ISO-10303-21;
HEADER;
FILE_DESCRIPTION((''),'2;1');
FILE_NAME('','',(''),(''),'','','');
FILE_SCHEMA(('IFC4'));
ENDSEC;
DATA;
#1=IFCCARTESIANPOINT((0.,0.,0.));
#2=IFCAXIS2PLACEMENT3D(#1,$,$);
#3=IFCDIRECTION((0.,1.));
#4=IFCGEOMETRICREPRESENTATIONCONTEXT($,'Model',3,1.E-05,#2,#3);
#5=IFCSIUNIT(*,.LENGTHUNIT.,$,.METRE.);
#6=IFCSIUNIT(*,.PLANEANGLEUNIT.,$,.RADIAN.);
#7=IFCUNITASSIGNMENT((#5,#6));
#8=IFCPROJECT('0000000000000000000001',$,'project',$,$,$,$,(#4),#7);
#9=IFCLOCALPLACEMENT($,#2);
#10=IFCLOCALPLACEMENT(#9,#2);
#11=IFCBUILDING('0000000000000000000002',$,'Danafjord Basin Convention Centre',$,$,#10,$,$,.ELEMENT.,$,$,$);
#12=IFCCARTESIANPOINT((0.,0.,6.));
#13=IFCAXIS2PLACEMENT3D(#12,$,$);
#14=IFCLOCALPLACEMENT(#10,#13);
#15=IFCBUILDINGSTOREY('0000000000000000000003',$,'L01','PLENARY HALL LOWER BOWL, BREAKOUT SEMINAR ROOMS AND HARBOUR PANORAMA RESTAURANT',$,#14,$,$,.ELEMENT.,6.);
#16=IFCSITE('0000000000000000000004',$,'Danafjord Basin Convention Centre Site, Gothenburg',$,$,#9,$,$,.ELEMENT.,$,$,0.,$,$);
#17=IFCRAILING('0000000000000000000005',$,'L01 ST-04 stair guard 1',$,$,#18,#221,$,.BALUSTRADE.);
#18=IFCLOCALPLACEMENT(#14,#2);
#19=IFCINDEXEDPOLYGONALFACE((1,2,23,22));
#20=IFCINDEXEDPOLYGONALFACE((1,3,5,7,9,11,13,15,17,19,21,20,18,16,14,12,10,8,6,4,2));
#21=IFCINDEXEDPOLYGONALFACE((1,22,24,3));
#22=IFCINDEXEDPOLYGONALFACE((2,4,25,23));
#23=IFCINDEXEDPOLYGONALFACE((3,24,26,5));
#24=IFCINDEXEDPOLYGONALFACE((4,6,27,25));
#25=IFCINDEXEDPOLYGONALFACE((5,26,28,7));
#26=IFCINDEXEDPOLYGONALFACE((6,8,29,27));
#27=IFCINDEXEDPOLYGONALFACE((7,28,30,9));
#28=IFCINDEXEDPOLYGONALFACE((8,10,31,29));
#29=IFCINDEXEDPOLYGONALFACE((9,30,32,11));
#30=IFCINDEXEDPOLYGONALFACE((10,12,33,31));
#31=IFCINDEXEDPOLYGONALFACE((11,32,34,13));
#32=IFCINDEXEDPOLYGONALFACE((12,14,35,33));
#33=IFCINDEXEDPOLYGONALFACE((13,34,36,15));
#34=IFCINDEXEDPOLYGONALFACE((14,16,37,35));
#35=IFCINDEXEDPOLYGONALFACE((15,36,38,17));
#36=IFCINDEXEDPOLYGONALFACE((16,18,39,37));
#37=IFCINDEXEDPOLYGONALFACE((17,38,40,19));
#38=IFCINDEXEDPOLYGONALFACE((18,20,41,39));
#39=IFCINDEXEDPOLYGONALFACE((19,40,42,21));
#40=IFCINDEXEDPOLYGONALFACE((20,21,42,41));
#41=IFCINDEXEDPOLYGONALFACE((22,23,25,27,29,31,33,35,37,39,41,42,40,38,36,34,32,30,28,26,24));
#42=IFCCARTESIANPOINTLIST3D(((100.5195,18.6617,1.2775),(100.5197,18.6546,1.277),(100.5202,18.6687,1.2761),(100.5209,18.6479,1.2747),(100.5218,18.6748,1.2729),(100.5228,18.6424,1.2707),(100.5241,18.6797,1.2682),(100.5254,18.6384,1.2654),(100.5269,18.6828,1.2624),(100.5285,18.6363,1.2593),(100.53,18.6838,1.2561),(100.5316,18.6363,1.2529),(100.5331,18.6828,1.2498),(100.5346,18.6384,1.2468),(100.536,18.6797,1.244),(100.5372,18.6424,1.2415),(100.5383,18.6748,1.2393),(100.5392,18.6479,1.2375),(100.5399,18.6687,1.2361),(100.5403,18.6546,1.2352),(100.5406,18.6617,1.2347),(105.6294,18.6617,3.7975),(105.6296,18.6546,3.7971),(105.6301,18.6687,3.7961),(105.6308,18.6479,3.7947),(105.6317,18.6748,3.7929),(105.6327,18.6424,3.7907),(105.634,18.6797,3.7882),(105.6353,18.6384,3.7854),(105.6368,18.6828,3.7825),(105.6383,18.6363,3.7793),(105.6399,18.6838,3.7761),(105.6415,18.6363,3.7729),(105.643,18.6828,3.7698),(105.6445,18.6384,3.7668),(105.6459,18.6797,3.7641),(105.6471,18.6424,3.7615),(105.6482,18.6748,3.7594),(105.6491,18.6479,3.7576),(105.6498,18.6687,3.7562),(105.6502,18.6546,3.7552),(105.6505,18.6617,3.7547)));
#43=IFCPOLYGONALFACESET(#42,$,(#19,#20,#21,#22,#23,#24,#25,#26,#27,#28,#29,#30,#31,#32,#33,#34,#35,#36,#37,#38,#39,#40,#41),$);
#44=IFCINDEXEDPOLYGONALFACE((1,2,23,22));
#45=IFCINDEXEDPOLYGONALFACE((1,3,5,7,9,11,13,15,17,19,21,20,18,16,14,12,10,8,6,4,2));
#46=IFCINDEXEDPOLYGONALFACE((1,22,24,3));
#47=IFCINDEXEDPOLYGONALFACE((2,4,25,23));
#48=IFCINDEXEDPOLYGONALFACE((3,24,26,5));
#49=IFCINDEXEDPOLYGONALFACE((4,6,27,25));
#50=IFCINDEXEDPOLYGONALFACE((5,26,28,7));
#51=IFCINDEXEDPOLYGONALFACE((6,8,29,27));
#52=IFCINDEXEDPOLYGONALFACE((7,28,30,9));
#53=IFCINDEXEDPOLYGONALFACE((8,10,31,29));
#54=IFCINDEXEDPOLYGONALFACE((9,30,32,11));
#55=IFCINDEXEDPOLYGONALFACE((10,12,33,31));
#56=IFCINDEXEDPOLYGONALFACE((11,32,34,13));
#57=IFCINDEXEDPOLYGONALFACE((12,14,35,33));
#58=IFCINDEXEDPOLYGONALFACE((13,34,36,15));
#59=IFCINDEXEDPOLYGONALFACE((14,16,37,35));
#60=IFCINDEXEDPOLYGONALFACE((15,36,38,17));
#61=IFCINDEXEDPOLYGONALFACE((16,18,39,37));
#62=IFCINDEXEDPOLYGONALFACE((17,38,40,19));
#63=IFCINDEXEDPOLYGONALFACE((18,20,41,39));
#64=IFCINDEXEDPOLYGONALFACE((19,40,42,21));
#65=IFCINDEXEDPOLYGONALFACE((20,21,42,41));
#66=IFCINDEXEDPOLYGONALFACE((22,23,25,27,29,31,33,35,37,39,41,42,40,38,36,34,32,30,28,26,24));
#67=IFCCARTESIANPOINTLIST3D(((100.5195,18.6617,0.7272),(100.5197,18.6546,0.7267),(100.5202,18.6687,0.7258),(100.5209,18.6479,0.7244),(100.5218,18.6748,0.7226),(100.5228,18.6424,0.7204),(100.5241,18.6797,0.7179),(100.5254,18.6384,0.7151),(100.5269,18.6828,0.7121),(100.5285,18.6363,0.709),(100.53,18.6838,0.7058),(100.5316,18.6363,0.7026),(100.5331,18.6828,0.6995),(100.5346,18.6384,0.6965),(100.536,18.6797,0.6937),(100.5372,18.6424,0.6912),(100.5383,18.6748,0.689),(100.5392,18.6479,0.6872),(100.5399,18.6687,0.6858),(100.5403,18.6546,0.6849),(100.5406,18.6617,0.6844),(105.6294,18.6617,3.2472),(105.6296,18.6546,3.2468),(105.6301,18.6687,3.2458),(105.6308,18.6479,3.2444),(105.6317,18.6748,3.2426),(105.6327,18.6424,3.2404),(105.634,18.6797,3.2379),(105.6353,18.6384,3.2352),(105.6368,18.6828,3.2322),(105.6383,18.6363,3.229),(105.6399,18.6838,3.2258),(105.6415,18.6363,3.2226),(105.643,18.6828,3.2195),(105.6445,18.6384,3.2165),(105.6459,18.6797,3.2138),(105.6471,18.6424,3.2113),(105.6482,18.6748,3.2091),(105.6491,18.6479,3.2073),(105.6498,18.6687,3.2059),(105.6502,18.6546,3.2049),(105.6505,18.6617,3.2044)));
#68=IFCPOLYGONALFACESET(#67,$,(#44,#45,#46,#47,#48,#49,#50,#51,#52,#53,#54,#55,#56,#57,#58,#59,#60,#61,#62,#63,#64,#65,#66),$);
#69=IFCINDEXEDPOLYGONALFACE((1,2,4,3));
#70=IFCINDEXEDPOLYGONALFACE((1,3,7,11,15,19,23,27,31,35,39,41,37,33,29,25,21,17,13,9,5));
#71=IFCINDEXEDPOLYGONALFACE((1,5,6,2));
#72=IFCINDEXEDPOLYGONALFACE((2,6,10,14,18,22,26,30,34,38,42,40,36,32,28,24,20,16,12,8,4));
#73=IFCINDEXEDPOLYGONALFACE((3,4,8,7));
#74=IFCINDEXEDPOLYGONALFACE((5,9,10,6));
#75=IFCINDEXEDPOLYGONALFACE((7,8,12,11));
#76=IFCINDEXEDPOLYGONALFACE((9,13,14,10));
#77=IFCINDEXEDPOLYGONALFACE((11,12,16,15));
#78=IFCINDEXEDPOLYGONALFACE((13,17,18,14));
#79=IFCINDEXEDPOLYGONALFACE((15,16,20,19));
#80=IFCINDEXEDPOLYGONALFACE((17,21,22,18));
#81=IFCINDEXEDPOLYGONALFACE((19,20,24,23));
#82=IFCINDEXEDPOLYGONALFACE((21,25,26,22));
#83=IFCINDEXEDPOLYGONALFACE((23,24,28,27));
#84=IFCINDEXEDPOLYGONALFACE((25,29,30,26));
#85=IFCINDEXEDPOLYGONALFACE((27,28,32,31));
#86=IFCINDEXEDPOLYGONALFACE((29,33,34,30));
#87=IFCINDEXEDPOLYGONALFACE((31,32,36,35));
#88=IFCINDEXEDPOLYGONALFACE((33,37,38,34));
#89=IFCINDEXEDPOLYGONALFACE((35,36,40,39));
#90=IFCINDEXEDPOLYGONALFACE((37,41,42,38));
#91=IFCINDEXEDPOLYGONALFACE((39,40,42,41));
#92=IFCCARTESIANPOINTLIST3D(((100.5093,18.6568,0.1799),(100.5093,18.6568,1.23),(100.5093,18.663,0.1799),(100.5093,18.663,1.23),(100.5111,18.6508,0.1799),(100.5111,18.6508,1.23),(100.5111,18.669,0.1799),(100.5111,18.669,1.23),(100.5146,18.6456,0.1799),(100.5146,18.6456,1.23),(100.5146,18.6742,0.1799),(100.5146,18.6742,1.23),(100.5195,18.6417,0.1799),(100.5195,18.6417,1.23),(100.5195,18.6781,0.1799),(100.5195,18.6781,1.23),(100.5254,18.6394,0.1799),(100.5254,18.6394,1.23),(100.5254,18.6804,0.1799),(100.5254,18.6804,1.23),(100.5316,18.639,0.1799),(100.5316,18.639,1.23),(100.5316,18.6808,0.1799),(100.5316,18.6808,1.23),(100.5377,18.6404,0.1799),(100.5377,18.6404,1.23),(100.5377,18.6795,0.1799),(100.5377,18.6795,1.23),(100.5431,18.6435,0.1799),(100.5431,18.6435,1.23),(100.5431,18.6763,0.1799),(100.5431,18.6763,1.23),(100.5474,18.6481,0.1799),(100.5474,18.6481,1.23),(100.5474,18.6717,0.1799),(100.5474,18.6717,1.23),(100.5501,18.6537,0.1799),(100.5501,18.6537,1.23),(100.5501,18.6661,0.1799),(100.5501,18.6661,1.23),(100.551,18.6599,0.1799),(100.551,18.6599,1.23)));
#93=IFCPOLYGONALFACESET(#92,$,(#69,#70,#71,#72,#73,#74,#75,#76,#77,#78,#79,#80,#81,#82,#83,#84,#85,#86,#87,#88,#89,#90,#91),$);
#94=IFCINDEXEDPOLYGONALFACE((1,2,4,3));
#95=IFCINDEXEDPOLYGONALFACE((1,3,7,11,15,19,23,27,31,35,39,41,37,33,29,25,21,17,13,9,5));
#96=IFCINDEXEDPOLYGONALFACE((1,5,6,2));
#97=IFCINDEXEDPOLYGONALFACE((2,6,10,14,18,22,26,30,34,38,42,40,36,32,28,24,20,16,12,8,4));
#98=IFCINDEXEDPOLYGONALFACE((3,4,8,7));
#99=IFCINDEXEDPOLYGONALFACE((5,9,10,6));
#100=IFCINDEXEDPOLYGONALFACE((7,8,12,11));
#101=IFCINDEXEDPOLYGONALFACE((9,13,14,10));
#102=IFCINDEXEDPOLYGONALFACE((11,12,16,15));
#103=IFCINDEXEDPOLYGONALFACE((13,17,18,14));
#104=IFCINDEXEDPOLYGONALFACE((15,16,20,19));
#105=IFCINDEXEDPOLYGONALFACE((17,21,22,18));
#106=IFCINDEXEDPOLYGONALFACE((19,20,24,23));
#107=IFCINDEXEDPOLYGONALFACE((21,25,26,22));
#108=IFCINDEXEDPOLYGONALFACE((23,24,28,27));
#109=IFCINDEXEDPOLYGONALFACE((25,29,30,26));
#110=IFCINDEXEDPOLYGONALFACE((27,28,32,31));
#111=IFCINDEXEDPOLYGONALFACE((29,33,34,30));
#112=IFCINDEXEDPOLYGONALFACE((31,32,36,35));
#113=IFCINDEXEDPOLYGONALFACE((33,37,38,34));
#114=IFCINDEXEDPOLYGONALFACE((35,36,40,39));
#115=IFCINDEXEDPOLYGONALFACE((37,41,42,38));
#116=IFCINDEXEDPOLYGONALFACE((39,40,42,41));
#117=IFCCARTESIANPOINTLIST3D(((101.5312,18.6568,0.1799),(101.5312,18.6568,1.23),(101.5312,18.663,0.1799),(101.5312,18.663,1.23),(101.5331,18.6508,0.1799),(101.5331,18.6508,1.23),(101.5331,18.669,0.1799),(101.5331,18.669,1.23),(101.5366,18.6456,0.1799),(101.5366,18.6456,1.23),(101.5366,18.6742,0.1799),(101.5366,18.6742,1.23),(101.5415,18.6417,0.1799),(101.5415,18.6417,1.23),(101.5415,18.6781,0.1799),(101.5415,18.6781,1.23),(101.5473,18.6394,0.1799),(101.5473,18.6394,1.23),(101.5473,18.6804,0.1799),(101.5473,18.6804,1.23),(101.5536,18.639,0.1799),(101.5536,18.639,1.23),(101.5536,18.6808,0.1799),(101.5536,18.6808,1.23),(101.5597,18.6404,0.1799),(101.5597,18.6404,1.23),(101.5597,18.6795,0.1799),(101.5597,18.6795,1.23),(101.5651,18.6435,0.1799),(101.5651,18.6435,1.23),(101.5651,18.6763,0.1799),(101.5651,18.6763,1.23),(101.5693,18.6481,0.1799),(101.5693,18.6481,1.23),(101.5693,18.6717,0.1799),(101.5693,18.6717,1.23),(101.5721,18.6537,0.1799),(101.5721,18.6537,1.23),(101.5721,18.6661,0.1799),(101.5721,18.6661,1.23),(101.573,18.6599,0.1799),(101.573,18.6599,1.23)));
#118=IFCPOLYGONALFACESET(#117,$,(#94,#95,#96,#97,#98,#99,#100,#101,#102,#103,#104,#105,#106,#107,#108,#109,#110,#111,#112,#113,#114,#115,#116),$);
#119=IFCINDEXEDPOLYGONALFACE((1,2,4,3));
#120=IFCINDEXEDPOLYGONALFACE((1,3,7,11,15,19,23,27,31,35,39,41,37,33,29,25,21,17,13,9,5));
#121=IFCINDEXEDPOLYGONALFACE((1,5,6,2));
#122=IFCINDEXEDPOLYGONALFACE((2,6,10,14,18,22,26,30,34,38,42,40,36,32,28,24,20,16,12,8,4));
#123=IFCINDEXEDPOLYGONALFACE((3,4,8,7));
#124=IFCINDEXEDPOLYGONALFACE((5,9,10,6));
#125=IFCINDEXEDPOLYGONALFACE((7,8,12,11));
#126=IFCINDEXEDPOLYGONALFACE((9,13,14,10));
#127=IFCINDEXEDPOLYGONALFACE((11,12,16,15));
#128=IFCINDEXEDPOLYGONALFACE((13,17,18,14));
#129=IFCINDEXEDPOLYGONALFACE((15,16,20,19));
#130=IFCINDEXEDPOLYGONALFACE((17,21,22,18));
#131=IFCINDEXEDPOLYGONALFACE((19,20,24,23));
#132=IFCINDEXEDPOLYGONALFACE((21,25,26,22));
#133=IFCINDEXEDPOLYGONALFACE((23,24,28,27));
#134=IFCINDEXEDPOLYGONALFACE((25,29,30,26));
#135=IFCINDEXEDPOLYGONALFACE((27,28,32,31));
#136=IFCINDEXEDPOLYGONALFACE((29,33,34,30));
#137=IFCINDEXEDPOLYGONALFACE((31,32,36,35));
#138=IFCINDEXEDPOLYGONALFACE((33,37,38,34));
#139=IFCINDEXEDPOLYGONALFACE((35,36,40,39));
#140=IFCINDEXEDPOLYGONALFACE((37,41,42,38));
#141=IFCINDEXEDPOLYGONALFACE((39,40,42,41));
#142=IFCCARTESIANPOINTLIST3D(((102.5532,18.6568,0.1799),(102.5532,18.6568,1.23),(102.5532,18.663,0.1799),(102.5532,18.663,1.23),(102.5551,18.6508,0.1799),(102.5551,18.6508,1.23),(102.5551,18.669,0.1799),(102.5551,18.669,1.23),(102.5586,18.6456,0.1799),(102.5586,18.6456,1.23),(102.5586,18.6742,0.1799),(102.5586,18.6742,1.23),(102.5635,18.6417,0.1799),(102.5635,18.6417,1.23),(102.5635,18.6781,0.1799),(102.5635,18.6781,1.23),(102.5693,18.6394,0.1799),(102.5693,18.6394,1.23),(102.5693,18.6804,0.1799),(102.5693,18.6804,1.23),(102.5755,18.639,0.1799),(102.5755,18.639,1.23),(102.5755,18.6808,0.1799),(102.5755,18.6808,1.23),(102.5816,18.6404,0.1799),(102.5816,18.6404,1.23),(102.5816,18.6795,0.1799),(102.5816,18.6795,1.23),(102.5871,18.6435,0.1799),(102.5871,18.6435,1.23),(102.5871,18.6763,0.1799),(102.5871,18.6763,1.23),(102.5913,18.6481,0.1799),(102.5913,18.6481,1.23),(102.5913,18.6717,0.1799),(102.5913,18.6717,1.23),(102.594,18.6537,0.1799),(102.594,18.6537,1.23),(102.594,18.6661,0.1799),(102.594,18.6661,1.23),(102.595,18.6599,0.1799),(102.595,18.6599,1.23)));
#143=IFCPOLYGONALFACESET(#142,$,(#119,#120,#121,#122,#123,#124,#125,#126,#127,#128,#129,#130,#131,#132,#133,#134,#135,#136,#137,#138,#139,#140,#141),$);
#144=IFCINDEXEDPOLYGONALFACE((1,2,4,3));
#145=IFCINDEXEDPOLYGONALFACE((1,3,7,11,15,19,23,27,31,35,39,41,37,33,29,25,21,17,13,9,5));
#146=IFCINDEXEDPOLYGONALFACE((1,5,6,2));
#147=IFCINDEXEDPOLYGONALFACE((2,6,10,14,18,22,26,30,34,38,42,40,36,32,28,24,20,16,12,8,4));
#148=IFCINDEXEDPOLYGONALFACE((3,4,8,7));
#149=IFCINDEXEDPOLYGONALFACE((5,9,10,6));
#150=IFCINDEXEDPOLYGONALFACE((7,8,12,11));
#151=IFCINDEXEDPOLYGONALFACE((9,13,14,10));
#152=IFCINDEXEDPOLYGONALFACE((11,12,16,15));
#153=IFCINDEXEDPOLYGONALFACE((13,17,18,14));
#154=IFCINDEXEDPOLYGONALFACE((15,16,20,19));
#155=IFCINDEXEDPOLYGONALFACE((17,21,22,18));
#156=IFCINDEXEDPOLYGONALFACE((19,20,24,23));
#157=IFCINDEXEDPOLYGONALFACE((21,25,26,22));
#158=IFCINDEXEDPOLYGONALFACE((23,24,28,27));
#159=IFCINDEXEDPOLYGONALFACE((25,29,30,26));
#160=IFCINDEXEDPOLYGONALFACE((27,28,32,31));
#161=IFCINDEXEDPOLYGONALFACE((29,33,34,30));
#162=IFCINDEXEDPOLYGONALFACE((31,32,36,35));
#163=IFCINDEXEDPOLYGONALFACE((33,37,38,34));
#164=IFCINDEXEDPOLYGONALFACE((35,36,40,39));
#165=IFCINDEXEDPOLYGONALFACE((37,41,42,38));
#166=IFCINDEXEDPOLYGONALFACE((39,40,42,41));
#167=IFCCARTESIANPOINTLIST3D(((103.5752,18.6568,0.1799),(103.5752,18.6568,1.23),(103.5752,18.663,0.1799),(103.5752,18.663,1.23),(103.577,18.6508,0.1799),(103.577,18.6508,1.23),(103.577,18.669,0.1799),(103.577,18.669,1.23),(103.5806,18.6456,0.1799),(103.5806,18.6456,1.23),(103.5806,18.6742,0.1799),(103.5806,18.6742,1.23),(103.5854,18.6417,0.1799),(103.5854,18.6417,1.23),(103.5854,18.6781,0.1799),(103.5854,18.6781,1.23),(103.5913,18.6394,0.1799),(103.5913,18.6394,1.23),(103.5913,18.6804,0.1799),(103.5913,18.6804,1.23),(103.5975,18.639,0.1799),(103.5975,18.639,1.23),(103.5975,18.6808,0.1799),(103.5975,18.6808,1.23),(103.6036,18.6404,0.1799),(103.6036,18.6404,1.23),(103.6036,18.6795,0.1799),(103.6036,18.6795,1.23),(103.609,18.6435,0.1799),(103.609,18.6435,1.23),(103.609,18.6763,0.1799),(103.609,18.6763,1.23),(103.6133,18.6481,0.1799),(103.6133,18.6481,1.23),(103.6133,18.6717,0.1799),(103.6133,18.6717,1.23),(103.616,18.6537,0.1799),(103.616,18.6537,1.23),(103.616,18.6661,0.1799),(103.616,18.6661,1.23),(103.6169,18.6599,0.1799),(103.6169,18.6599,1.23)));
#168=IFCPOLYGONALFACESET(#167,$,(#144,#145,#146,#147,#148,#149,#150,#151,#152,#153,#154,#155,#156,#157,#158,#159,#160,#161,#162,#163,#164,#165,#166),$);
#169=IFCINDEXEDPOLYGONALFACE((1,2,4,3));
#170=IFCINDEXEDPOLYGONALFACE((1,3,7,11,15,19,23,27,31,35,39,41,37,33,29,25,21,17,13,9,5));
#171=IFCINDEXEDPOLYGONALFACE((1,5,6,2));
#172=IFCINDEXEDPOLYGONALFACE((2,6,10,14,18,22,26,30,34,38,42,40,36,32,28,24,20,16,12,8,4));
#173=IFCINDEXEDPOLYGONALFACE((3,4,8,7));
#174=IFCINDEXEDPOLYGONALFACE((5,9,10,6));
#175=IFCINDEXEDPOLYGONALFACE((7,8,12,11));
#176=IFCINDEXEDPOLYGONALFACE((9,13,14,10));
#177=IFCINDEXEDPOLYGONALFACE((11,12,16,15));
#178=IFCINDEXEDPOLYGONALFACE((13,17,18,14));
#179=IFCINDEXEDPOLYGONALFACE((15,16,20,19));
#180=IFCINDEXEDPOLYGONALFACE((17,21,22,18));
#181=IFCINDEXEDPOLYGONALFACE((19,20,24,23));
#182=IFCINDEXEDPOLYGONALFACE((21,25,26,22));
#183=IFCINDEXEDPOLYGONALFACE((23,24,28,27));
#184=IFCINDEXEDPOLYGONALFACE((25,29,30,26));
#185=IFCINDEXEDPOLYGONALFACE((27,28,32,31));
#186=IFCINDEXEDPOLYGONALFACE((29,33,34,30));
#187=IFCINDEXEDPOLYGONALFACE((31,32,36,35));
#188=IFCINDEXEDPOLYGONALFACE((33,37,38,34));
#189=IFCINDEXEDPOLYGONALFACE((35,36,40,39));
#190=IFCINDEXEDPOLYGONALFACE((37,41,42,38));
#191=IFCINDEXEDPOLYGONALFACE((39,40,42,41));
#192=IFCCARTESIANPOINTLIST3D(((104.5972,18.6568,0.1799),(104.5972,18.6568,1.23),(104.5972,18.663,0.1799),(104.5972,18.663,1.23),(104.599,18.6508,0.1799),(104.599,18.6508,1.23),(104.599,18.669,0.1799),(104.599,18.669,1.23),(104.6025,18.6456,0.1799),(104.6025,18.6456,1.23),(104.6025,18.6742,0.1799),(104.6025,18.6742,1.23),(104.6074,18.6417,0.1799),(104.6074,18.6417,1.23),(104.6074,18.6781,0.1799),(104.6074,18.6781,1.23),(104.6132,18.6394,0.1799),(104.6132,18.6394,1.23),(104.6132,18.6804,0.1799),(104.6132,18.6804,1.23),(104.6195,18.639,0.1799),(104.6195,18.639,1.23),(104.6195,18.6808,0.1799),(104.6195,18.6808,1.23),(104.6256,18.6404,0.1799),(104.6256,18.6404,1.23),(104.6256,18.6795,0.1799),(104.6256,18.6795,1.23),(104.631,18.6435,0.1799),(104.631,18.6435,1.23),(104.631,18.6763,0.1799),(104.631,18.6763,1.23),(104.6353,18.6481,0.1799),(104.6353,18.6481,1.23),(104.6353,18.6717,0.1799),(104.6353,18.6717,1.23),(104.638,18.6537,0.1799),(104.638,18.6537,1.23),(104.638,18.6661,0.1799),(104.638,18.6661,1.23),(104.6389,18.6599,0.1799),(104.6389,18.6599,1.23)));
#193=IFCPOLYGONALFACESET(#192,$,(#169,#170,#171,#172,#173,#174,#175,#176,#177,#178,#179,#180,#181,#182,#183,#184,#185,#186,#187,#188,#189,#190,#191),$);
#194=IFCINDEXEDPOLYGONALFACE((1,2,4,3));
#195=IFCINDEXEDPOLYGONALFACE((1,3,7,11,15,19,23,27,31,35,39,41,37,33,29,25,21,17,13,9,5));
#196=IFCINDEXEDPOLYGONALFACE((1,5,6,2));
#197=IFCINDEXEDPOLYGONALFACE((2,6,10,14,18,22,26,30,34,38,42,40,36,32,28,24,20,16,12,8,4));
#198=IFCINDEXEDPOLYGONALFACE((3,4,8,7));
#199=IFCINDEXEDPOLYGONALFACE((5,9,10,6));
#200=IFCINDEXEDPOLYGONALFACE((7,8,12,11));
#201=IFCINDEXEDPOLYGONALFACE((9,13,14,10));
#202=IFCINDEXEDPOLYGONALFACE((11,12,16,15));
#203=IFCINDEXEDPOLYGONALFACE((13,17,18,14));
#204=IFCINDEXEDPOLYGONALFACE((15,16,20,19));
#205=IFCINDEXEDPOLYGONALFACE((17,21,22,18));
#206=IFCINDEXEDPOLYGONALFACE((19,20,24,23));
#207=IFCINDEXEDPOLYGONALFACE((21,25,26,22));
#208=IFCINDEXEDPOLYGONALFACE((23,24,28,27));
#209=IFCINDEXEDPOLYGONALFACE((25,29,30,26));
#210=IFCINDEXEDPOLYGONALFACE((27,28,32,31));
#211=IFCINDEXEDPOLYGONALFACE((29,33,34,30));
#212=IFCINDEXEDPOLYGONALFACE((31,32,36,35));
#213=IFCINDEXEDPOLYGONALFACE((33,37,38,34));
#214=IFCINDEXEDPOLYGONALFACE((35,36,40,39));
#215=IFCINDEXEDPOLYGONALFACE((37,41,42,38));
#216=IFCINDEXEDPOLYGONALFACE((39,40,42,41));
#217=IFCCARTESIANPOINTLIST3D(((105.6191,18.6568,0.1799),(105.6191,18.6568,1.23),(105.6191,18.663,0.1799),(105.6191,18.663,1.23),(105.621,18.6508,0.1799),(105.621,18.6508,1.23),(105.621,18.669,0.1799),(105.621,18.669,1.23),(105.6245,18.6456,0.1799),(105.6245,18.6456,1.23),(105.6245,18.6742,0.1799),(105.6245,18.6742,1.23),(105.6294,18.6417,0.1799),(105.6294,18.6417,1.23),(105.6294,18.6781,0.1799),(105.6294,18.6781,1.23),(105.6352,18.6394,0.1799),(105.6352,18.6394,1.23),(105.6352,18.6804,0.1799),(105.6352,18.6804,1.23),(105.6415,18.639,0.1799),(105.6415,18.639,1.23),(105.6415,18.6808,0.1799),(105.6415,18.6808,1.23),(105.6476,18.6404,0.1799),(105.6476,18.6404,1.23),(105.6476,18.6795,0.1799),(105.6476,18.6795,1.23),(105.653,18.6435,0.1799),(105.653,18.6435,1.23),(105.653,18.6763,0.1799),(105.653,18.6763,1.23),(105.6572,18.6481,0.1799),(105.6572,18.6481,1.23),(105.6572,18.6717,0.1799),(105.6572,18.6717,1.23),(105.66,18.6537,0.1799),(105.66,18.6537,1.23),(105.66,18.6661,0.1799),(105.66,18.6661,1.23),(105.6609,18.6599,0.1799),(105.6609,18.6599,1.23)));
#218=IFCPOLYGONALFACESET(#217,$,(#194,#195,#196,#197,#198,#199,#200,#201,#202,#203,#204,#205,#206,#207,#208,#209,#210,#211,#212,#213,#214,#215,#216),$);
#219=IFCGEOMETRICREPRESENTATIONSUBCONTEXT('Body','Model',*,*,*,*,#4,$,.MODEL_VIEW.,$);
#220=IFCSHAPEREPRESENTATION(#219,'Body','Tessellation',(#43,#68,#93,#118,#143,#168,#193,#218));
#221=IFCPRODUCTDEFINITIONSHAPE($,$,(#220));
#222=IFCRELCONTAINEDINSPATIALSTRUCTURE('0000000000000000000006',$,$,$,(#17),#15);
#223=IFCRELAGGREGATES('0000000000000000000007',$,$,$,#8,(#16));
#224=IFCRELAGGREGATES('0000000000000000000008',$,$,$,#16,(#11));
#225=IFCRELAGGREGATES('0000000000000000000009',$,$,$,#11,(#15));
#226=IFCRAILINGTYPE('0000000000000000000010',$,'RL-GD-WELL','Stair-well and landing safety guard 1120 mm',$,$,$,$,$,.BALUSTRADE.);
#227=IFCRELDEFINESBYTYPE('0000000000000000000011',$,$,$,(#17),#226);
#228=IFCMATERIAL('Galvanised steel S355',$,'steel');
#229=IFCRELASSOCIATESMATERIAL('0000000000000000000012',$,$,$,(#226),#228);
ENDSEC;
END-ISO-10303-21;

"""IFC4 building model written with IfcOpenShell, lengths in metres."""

from ifc_helpers import new_model, si_unit, direction, frame, origin, origin_2d, place, context, subcontext, project, spatial, circle, extrude, material, type_object, element, save


model = new_model("IFC4")

# Units and contexts
model_context = context("Model", 3, precision=1e-05, world=origin(), true_north=direction((0.0, 1.0)))
body_context = subcontext(model_context, "Body", "Model", "MODEL_VIEW")
ifc_project = project(units=[si_unit("LENGTHUNIT", "METRE"), si_unit("PLANEANGLEUNIT", "RADIAN")], contexts=[model_context])

# Site, building, storey
site_placement = place(None, origin())
site = spatial("IfcSite", under=ifc_project, at=site_placement, Name="Danafjord Basin Convention Centre Site, Gothenburg", CompositionType="ELEMENT", RefElevation=0.0)
building_placement = place(site_placement, origin())
building = spatial("IfcBuilding", under=site, at=building_placement, Name="Danafjord Basin Convention Centre", CompositionType="ELEMENT")
storey_placement = place(building_placement, frame((0.0, 0.0, 6.0)))
storey = spatial("IfcBuildingStorey", under=building, at=storey_placement, Name="L01", Description="PLENARY HALL LOWER BOWL, BREAKOUT SEMINAR ROOMS AND HARBOUR PANORAMA RESTAURANT", CompositionType="ELEMENT", Elevation=6.0)

# Railing
ifc_material_1 = material(Name="Galvanised steel S355", Category="steel")
railing_type_1 = type_object("IfcRailingType", Name="RL-GD-WELL", Description="Stair-well and landing safety guard 1120 mm", PredefinedType="BALUSTRADE", material=ifc_material_1)
railing_1_placement = place(storey_placement, frame((100.53, 18.6599, 0.1799)))
element("IfcRailing", 1, at=railing_1_placement, inside=storey, type_object=railing_type_1, Name="L01 ST-04 stair guard 1", PredefinedType="BALUSTRADE", context=body_context, shape_type="SweptSolid", body=[
    extrude(circle(Radius=0.0239, at=origin_2d()), frame((0.0, 0.0, 1.0762), z_axis=(0.896865, 0.0, 0.442305), x_axis=(0.0, 1.0, 0.0)), (0.0, 0.0, 1.0), 5.6975),
    extrude(circle(Radius=0.0239, at=origin_2d()), frame((0.0, 0.0, 0.5259), z_axis=(0.896865, 0.0, 0.442305), x_axis=(0.0, 1.0, 0.0)), (0.0, 0.0, 1.0), 5.6975),
    extrude(circle(Radius=0.021, at=origin_2d()), origin(), (0.0, 0.0, 1.0), 1.05),
    extrude(circle(Radius=0.021, at=origin_2d()), frame((1.022, 0.0, 0.0)), (0.0, 0.0, 1.0), 1.05),
    extrude(circle(Radius=0.021, at=origin_2d()), frame((2.0439, 0.0, 0.0)), (0.0, 0.0, 1.0), 1.05),
    extrude(circle(Radius=0.021, at=origin_2d()), frame((3.0659, 0.0, 0.0)), (0.0, 0.0, 1.0), 1.05),
    extrude(circle(Radius=0.021, at=origin_2d()), frame((4.0879, 0.0, 0.0)), (0.0, 0.0, 1.0), 1.05),
    extrude(circle(Radius=0.021, at=origin_2d()), frame((5.1099, 0.0, 0.0)), (0.0, 0.0, 1.0), 1.05),
])

save(model, "model.ifc")
